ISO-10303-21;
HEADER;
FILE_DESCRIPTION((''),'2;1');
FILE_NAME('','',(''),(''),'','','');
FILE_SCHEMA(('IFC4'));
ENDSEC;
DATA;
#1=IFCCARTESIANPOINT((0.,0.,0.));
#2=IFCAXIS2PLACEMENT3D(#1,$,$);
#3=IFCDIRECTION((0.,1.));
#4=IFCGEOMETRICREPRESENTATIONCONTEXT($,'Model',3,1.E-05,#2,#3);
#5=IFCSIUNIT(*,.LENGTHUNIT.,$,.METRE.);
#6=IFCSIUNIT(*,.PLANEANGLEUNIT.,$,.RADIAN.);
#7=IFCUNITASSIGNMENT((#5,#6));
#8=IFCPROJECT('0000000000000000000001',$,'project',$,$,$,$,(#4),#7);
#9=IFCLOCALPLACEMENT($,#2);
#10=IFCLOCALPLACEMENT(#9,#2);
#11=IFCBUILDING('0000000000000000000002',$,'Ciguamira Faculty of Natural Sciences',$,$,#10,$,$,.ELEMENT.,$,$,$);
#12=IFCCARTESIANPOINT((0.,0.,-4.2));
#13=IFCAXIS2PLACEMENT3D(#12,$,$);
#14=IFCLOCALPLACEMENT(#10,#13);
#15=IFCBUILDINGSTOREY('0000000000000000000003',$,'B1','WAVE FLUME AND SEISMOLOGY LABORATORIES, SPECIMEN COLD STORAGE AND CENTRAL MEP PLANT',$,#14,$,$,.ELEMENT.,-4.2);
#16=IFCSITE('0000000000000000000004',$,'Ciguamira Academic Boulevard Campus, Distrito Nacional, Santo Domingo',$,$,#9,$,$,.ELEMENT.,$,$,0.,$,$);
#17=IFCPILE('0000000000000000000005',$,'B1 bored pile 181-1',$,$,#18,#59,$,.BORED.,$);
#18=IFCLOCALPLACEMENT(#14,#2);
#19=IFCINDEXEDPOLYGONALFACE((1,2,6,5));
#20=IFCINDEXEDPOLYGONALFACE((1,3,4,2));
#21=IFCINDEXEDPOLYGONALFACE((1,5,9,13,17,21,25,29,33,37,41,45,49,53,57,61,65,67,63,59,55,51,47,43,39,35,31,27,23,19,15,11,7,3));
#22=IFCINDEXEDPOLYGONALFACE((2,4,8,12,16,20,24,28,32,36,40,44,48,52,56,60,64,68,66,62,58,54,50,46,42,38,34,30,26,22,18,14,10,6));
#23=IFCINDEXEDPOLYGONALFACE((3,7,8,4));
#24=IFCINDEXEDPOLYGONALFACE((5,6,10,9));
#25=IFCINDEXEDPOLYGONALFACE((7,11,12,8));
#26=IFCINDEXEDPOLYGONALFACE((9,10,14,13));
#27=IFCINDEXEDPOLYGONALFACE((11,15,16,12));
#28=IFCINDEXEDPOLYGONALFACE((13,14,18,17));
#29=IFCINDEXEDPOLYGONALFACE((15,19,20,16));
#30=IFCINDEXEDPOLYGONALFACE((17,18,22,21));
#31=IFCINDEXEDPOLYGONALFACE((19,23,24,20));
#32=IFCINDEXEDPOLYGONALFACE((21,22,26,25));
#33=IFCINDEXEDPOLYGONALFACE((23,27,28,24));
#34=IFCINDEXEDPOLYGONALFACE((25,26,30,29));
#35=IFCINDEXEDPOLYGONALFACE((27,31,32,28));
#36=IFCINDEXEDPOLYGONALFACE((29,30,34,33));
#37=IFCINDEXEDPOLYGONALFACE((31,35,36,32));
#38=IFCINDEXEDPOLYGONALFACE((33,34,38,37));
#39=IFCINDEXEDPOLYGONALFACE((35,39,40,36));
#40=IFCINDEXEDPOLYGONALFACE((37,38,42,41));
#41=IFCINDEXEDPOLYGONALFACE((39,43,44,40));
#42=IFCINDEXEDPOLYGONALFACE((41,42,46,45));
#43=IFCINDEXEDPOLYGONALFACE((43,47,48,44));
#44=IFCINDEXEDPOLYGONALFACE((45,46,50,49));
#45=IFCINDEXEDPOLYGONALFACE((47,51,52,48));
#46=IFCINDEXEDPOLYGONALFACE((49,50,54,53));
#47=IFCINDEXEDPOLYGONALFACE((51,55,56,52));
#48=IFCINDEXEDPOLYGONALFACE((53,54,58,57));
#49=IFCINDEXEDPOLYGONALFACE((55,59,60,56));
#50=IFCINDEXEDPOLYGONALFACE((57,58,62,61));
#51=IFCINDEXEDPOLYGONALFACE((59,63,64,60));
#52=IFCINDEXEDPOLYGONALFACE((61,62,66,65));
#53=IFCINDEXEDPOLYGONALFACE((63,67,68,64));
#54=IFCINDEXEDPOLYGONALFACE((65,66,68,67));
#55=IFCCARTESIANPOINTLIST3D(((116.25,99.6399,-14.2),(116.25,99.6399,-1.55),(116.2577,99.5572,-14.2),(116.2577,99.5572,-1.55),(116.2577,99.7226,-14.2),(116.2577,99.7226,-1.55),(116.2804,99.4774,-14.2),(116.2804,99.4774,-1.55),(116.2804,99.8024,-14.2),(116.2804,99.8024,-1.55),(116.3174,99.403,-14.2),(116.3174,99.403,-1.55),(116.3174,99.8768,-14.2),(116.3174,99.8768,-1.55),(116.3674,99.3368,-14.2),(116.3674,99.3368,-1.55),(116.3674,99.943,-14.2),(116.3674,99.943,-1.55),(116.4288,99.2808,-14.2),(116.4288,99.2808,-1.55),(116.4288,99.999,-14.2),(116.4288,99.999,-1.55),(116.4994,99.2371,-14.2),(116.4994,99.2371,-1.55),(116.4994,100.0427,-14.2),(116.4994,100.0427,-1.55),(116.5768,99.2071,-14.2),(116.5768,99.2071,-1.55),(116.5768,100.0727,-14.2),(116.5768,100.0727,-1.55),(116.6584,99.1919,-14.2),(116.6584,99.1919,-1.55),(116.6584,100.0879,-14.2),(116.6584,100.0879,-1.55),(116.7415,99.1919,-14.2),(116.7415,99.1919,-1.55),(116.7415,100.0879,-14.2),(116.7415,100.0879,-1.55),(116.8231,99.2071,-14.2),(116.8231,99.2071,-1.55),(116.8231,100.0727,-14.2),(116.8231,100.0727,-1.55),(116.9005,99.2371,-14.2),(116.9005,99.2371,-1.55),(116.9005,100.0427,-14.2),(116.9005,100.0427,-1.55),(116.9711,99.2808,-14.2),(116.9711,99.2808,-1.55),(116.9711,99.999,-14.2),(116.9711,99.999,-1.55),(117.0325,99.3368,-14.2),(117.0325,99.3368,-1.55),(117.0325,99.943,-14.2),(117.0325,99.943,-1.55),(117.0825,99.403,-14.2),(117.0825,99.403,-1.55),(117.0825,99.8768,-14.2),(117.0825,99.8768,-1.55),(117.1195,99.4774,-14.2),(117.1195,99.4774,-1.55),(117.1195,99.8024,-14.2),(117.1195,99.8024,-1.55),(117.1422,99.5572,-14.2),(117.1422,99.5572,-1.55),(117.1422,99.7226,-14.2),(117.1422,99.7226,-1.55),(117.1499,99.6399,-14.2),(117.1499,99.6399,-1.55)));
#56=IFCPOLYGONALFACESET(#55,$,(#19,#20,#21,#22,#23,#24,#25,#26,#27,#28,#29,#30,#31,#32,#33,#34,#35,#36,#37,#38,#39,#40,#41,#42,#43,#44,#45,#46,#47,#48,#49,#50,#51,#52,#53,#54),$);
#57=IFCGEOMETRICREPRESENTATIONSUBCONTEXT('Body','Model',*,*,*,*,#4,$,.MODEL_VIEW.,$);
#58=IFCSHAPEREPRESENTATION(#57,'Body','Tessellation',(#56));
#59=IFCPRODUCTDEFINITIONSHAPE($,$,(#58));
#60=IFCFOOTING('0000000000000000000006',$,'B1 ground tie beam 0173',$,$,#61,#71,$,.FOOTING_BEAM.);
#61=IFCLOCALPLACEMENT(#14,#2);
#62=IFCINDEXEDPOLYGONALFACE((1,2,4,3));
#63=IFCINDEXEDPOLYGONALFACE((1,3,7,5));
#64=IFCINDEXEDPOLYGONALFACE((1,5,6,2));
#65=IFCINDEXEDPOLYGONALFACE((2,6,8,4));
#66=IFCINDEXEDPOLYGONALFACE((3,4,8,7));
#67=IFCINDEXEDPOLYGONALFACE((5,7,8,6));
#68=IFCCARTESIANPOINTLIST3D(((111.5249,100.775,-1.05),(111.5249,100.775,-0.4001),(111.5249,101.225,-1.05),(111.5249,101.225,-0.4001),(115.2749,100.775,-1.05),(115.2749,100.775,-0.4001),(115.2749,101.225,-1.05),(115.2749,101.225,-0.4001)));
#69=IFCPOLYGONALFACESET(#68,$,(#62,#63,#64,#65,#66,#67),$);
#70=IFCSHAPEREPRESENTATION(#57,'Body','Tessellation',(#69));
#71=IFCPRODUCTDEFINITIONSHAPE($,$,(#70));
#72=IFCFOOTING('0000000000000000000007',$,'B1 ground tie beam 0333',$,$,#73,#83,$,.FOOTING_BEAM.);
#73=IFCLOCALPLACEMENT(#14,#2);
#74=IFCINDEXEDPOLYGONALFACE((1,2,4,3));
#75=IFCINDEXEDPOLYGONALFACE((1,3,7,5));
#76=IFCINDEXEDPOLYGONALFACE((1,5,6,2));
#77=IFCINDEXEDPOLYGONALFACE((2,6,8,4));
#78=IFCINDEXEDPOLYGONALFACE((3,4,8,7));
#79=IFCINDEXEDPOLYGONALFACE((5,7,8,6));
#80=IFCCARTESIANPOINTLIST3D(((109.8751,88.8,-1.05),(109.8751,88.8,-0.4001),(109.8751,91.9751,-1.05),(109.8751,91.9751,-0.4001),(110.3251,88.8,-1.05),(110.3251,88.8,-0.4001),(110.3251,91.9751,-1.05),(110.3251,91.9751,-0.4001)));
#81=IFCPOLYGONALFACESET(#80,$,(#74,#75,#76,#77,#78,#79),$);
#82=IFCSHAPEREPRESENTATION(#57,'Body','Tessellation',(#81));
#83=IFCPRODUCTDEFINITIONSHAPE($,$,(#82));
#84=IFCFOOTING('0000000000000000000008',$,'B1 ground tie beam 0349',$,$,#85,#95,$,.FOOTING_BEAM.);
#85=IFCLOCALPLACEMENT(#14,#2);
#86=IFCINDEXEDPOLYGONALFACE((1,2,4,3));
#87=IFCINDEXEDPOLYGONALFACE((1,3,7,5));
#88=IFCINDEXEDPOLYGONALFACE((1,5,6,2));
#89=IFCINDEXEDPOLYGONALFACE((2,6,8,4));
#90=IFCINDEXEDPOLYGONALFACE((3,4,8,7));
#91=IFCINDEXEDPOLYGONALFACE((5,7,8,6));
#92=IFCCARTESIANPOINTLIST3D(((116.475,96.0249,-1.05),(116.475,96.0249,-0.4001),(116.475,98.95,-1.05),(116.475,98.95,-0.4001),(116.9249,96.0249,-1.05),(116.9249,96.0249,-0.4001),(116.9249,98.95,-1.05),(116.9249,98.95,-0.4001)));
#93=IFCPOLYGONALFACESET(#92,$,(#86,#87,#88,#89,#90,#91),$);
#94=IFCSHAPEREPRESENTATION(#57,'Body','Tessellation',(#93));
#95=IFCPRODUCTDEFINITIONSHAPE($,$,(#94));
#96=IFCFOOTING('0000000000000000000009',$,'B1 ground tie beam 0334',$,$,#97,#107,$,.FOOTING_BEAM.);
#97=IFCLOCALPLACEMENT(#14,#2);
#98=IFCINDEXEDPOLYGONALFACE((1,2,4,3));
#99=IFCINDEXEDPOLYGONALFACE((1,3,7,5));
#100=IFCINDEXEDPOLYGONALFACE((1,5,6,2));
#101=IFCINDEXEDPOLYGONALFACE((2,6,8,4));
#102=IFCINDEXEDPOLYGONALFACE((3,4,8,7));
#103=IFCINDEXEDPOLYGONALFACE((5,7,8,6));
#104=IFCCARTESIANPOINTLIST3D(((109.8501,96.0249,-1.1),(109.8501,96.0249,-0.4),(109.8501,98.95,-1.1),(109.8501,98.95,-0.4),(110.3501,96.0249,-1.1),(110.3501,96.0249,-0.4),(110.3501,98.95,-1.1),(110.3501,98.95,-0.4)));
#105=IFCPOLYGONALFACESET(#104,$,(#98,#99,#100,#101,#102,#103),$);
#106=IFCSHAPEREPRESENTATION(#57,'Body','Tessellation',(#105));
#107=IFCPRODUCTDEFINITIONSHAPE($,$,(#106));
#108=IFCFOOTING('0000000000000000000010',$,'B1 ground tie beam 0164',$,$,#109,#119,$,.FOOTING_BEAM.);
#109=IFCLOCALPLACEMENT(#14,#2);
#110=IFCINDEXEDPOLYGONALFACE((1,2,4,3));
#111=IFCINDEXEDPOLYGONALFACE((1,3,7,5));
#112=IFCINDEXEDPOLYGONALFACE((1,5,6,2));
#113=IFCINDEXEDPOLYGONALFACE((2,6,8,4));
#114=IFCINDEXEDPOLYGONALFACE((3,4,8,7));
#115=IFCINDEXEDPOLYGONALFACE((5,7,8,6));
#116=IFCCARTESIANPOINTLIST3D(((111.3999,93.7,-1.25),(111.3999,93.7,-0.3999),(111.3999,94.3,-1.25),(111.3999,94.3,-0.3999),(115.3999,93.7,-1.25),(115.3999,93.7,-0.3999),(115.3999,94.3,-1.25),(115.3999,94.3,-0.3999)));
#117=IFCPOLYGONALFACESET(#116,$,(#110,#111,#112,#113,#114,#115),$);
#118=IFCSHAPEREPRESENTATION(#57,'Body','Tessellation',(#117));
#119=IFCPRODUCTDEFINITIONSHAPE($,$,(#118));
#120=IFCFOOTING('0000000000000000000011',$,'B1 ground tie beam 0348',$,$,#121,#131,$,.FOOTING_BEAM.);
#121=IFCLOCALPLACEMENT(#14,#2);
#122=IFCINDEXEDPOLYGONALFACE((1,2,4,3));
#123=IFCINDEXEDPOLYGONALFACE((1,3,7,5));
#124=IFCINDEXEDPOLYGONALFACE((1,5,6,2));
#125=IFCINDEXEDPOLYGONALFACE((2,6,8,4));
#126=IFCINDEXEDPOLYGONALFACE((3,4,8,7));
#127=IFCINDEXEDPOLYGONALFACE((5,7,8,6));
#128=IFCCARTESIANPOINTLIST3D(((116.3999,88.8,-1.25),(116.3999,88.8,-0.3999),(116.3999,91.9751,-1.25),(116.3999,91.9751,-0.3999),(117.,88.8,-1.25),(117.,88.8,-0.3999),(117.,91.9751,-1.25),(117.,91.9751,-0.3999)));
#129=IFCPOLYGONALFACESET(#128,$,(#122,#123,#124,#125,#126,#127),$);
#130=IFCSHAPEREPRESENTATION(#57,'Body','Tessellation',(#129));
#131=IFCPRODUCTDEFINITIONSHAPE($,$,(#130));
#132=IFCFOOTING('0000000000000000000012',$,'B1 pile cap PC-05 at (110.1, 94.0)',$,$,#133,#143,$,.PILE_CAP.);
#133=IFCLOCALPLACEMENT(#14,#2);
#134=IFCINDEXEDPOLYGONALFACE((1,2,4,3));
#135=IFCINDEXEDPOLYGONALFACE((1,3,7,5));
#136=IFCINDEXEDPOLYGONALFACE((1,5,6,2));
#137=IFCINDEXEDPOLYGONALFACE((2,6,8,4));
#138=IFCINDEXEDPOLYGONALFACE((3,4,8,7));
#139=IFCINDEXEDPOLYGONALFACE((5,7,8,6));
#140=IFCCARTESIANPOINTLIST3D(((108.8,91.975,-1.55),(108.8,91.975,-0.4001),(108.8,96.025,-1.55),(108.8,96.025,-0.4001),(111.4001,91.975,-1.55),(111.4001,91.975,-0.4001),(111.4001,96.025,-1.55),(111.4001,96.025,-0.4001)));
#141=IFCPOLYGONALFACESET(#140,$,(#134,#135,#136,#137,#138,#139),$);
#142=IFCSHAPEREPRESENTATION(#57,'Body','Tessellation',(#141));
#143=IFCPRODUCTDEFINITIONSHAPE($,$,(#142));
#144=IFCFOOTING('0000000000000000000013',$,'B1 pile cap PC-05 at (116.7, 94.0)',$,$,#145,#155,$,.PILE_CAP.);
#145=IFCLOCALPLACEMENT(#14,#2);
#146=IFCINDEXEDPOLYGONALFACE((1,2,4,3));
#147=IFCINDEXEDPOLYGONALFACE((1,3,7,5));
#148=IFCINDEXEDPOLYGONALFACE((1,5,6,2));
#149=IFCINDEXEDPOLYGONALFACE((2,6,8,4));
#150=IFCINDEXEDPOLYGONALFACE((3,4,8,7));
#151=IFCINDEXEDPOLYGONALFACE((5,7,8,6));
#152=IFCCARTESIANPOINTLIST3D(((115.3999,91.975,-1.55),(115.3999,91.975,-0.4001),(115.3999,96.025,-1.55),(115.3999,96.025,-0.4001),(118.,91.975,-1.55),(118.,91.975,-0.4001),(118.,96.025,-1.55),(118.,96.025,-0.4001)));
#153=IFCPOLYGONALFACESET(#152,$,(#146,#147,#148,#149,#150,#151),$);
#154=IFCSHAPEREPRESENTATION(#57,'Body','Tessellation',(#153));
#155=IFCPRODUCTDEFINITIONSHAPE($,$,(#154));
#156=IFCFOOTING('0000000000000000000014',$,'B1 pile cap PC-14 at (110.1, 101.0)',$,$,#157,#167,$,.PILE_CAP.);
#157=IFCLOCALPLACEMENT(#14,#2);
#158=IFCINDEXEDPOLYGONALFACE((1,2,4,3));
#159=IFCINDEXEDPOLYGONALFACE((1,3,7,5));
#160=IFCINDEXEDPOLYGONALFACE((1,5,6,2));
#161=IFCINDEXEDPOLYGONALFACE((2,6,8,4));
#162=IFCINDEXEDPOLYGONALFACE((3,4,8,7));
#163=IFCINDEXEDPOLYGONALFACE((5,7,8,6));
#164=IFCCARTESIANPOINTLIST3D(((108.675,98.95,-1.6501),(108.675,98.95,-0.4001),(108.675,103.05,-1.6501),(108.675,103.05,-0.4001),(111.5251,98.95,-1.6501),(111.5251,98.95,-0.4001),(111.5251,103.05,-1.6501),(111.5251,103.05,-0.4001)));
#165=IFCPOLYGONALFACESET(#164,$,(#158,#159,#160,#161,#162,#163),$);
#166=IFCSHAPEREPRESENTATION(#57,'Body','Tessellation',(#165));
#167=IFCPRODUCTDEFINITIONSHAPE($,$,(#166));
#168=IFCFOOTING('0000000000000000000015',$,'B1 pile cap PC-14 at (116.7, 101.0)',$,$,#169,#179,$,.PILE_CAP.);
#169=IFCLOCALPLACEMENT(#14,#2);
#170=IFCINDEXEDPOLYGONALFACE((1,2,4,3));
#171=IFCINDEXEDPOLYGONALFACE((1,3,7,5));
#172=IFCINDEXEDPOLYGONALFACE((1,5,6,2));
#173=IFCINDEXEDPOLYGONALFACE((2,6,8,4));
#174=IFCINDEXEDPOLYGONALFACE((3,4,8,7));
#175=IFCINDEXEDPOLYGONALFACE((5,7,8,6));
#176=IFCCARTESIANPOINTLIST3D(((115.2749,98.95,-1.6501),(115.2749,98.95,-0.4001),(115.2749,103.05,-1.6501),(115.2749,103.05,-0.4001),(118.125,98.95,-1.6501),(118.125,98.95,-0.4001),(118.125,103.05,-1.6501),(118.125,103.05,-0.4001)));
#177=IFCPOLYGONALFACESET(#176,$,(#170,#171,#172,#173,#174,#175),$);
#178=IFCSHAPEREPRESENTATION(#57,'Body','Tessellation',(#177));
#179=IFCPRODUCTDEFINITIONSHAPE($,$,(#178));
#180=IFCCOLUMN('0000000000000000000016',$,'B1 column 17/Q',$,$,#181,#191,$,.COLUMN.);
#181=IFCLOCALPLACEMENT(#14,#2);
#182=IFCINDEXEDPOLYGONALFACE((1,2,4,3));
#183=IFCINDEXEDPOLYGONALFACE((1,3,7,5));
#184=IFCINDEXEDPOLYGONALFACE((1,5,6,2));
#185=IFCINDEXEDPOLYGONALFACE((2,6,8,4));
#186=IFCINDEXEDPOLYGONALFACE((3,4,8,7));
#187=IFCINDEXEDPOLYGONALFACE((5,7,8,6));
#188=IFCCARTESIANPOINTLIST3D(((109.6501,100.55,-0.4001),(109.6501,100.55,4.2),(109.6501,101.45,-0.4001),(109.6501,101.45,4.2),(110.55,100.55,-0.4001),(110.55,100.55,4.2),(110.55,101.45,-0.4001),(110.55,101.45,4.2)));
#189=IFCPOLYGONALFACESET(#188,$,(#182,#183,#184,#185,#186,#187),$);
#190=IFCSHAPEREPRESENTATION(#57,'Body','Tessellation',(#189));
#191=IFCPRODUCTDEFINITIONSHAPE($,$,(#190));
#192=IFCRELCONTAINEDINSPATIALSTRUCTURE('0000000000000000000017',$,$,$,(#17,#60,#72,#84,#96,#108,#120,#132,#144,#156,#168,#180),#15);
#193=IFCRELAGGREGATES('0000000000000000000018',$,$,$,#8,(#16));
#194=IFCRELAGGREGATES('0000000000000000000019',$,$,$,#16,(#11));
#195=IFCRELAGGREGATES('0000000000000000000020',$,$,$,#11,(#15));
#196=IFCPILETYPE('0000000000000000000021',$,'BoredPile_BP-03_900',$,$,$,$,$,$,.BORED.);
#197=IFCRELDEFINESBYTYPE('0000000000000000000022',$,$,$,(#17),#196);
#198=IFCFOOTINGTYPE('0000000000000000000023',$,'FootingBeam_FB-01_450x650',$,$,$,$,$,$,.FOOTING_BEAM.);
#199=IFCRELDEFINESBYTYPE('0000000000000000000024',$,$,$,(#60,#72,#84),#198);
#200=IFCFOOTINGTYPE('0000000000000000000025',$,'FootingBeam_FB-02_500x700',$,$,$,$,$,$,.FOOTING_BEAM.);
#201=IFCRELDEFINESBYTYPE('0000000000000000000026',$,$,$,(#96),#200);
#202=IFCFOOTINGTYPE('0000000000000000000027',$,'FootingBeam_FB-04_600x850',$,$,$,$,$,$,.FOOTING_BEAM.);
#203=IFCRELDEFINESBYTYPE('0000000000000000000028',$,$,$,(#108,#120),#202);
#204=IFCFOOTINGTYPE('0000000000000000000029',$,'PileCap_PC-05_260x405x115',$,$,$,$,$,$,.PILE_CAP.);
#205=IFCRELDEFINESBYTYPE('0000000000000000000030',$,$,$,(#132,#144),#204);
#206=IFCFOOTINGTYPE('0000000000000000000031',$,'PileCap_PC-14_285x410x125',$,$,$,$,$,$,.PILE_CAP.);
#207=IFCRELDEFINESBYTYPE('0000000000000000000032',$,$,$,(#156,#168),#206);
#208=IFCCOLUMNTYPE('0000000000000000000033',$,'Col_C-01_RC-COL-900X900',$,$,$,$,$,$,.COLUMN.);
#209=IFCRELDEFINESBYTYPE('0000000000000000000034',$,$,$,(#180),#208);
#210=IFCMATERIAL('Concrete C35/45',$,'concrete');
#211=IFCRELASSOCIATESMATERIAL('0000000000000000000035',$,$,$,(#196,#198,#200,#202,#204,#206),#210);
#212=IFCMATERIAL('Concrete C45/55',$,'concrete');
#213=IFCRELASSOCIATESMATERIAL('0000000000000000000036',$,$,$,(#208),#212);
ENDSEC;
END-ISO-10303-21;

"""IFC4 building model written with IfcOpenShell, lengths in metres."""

from ifc_helpers import new_model, si_unit, direction, frame, origin, origin_2d, place, context, subcontext, project, spatial, rectangle, circle, extrude, material, material_profile, profile_set, type_object, element, save


model = new_model("IFC4")

# Units and contexts
model_context = context("Model", 3, precision=1e-05, world=origin(), true_north=direction((0.0, 1.0)))
body_context = subcontext(model_context, "Body", "Model", "MODEL_VIEW")
ifc_project = project(units=[si_unit("LENGTHUNIT", "METRE"), si_unit("PLANEANGLEUNIT", "RADIAN")], contexts=[model_context])

# Site, building, storey
site_placement = place(None, origin())
site = spatial("IfcSite", under=ifc_project, at=site_placement, Name="Ciguamira Academic Boulevard Campus, Distrito Nacional, Santo Domingo", CompositionType="ELEMENT", RefElevation=0.0)
building_placement = place(site_placement, origin())
building = spatial("IfcBuilding", under=site, at=building_placement, Name="Ciguamira Faculty of Natural Sciences", CompositionType="ELEMENT")
storey_placement = place(building_placement, frame((0.0, 0.0, -4.2)))
storey = spatial("IfcBuildingStorey", under=building, at=storey_placement, Name="B1", Description="WAVE FLUME AND SEISMOLOGY LABORATORIES, SPECIMEN COLD STORAGE AND CENTRAL MEP PLANT", CompositionType="ELEMENT", Elevation=-4.2)

# Pile
ifc_material_1 = material(Name="Concrete C35/45", Category="concrete")
ifc_material_profile_1 = material_profile(ifc_material_1, circle(Radius=0.45, at=origin_2d()), Name="PILE-BORED-900")
ifc_profile_set_1 = profile_set([ifc_material_profile_1], Name="Concrete C35/45")
pile_type_1 = type_object("IfcPileType", Name="BoredPile_BP-03_900", PredefinedType="BORED", material=ifc_profile_set_1)
pile_1_placement = place(storey_placement, frame((116.7, 99.6399, -1.55), z_axis=(0.0, 0.0, -1.0), x_axis=(1.0, 0.0, 0.0)))
element("IfcPile", 1, at=pile_1_placement, inside=storey, type_object=pile_type_1, Name="B1 bored pile 181-1", PredefinedType="BORED", context=body_context, shape_type="SweptSolid", body=[
    extrude(circle(Radius=0.45, at=origin_2d()), origin(), (0.0, 0.0, 1.0), 12.6499),
])

# Footings
ifc_material_profile_2 = material_profile(ifc_material_1, rectangle(XDim=0.45, YDim=0.6499, at=origin_2d()), Name="RC-FB-450X650")
ifc_profile_set_2 = profile_set([ifc_material_profile_2], Name="Concrete C35/45")
footing_type_1 = type_object("IfcFootingType", Name="FootingBeam_FB-01_450x650", PredefinedType="FOOTING_BEAM", material=ifc_profile_set_2)
footing_1_placement = place(storey_placement, frame((111.5249, 101.0, -0.7251), z_axis=(1.0, 0.0, 0.0), x_axis=(0.0, 1.0, 0.0)))
element("IfcFooting", 2, at=footing_1_placement, inside=storey, type_object=footing_type_1, Name="B1 ground tie beam 0173", PredefinedType="FOOTING_BEAM", context=body_context, shape_type="SweptSolid", body=[
    extrude(rectangle(XDim=0.45, YDim=0.6499, at=origin_2d()), origin(), (0.0, 0.0, 1.0), 3.75),
])
footing_2_placement = place(storey_placement, frame((110.1001, 88.8, -0.7251), z_axis=(0.0, 1.0, 0.0), x_axis=(-1.0, 0.0, 0.0)))
element("IfcFooting", 3, at=footing_2_placement, inside=storey, type_object=footing_type_1, Name="B1 ground tie beam 0333", PredefinedType="FOOTING_BEAM", context=body_context, shape_type="SweptSolid", body=[
    extrude(rectangle(XDim=0.45, YDim=0.6499, at=origin_2d()), origin(), (0.0, 0.0, 1.0), 3.175),
])
footing_3_placement = place(storey_placement, frame((116.7, 96.0249, -0.7251), z_axis=(0.0, 1.0, 0.0), x_axis=(-1.0, 0.0, 0.0)))
element("IfcFooting", 4, at=footing_3_placement, inside=storey, type_object=footing_type_1, Name="B1 ground tie beam 0349", PredefinedType="FOOTING_BEAM", context=body_context, shape_type="SweptSolid", body=[
    extrude(rectangle(XDim=0.45, YDim=0.6499, at=origin_2d()), origin(), (0.0, 0.0, 1.0), 2.925),
])
ifc_material_profile_3 = material_profile(ifc_material_1, rectangle(XDim=0.5, YDim=0.7, at=origin_2d()), Name="RC-FB-500X700")
ifc_profile_set_3 = profile_set([ifc_material_profile_3], Name="Concrete C35/45")
footing_type_2 = type_object("IfcFootingType", Name="FootingBeam_FB-02_500x700", PredefinedType="FOOTING_BEAM", material=ifc_profile_set_3)
footing_4_placement = place(storey_placement, frame((110.1001, 96.0249, -0.75), z_axis=(0.0, 1.0, 0.0), x_axis=(-1.0, 0.0, 0.0)))
element("IfcFooting", 5, at=footing_4_placement, inside=storey, type_object=footing_type_2, Name="B1 ground tie beam 0334", PredefinedType="FOOTING_BEAM", context=body_context, shape_type="SweptSolid", body=[
    extrude(rectangle(XDim=0.5, YDim=0.7, at=origin_2d()), origin(), (0.0, 0.0, 1.0), 2.925),
])
ifc_material_profile_4 = material_profile(ifc_material_1, rectangle(XDim=0.6001, YDim=0.8501, at=origin_2d()), Name="RC-FB-600X850")
ifc_profile_set_4 = profile_set([ifc_material_profile_4], Name="Concrete C35/45")
footing_type_3 = type_object("IfcFootingType", Name="FootingBeam_FB-04_600x850", PredefinedType="FOOTING_BEAM", material=ifc_profile_set_4)
footing_5_placement = place(storey_placement, frame((111.3999, 94.0, -0.825), z_axis=(1.0, 0.0, 0.0), x_axis=(0.0, 1.0, 0.0)))
element("IfcFooting", 6, at=footing_5_placement, inside=storey, type_object=footing_type_3, Name="B1 ground tie beam 0164", PredefinedType="FOOTING_BEAM", context=body_context, shape_type="SweptSolid", body=[
    extrude(rectangle(XDim=0.6001, YDim=0.8501, at=origin_2d()), origin(), (0.0, 0.0, 1.0), 4.0),
])
footing_6_placement = place(storey_placement, frame((116.7, 88.8, -0.825), z_axis=(0.0, 1.0, 0.0), x_axis=(-1.0, 0.0, 0.0)))
element("IfcFooting", 7, at=footing_6_placement, inside=storey, type_object=footing_type_3, Name="B1 ground tie beam 0348", PredefinedType="FOOTING_BEAM", context=body_context, shape_type="SweptSolid", body=[
    extrude(rectangle(XDim=0.6001, YDim=0.8501, at=origin_2d()), origin(), (0.0, 0.0, 1.0), 3.175),
])
footing_type_4 = type_object("IfcFootingType", Name="PileCap_PC-05_260x405x115", PredefinedType="PILE_CAP", material=ifc_material_1)
for number, where, z_axis, x_axis, name in (
    (8, (110.1001, 94.0, -1.55), (0.0, 0.0, 1.0), (1.0, 0.0, 0.0), "B1 pile cap PC-05 at (110.1, 94.0)"),
    (9, (116.7, 94.0, -1.55), (0.0, 0.0, 1.0), (1.0, 0.0, 0.0), "B1 pile cap PC-05 at (116.7, 94.0)"),
):
    element("IfcFooting", number, at=place(storey_placement, frame(where, z_axis=z_axis, x_axis=x_axis)), inside=storey, type_object=footing_type_4, Name=name, PredefinedType="PILE_CAP", context=body_context, shape_type="SweptSolid", body=[
        extrude(rectangle(XDim=2.6001, YDim=4.05, at=origin_2d()), origin(), (0.0, 0.0, 1.0), 1.1499),
    ])
footing_type_5 = type_object("IfcFootingType", Name="PileCap_PC-14_285x410x125", PredefinedType="PILE_CAP", material=ifc_material_1)
for number, where, z_axis, x_axis, name in (
    (10, (110.1001, 101.0, -1.6501), (0.0, 0.0, 1.0), (1.0, 0.0, 0.0), "B1 pile cap PC-14 at (110.1, 101.0)"),
    (11, (116.7, 101.0, -1.6501), (0.0, 0.0, 1.0), (1.0, 0.0, 0.0), "B1 pile cap PC-14 at (116.7, 101.0)"),
):
    element("IfcFooting", number, at=place(storey_placement, frame(where, z_axis=z_axis, x_axis=x_axis)), inside=storey, type_object=footing_type_5, Name=name, PredefinedType="PILE_CAP", context=body_context, shape_type="SweptSolid", body=[
        extrude(rectangle(XDim=2.8501, YDim=4.1001, at=origin_2d()), origin(), (0.0, 0.0, 1.0), 1.25),
    ])

# Column
ifc_material_2 = material(Name="Concrete C45/55", Category="concrete")
ifc_material_profile_5 = material_profile(ifc_material_2, rectangle(XDim=0.8999, YDim=0.8999, at=origin_2d()), Name="RC-COL-900X900")
ifc_profile_set_5 = profile_set([ifc_material_profile_5], Name="Concrete C45/55")
column_type_1 = type_object("IfcColumnType", Name="Col_C-01_RC-COL-900X900", PredefinedType="COLUMN", material=ifc_profile_set_5)
for number, where, z_axis, x_axis, name in (
    (12, (110.1001, 101.0, -0.4001), (0.0, 0.0, 1.0), (1.0, 0.0, 0.0), "B1 column 17/Q"),
):
    element("IfcColumn", number, at=place(storey_placement, frame(where, z_axis=z_axis, x_axis=x_axis)), inside=storey, type_object=column_type_1, Name=name, PredefinedType="COLUMN", context=body_context, shape_type="SweptSolid", body=[
        extrude(rectangle(XDim=0.8999, YDim=0.8999, at=origin_2d()), origin(), (0.0, 0.0, 1.0), 4.6001),
    ])

save(model, "model.ifc")
